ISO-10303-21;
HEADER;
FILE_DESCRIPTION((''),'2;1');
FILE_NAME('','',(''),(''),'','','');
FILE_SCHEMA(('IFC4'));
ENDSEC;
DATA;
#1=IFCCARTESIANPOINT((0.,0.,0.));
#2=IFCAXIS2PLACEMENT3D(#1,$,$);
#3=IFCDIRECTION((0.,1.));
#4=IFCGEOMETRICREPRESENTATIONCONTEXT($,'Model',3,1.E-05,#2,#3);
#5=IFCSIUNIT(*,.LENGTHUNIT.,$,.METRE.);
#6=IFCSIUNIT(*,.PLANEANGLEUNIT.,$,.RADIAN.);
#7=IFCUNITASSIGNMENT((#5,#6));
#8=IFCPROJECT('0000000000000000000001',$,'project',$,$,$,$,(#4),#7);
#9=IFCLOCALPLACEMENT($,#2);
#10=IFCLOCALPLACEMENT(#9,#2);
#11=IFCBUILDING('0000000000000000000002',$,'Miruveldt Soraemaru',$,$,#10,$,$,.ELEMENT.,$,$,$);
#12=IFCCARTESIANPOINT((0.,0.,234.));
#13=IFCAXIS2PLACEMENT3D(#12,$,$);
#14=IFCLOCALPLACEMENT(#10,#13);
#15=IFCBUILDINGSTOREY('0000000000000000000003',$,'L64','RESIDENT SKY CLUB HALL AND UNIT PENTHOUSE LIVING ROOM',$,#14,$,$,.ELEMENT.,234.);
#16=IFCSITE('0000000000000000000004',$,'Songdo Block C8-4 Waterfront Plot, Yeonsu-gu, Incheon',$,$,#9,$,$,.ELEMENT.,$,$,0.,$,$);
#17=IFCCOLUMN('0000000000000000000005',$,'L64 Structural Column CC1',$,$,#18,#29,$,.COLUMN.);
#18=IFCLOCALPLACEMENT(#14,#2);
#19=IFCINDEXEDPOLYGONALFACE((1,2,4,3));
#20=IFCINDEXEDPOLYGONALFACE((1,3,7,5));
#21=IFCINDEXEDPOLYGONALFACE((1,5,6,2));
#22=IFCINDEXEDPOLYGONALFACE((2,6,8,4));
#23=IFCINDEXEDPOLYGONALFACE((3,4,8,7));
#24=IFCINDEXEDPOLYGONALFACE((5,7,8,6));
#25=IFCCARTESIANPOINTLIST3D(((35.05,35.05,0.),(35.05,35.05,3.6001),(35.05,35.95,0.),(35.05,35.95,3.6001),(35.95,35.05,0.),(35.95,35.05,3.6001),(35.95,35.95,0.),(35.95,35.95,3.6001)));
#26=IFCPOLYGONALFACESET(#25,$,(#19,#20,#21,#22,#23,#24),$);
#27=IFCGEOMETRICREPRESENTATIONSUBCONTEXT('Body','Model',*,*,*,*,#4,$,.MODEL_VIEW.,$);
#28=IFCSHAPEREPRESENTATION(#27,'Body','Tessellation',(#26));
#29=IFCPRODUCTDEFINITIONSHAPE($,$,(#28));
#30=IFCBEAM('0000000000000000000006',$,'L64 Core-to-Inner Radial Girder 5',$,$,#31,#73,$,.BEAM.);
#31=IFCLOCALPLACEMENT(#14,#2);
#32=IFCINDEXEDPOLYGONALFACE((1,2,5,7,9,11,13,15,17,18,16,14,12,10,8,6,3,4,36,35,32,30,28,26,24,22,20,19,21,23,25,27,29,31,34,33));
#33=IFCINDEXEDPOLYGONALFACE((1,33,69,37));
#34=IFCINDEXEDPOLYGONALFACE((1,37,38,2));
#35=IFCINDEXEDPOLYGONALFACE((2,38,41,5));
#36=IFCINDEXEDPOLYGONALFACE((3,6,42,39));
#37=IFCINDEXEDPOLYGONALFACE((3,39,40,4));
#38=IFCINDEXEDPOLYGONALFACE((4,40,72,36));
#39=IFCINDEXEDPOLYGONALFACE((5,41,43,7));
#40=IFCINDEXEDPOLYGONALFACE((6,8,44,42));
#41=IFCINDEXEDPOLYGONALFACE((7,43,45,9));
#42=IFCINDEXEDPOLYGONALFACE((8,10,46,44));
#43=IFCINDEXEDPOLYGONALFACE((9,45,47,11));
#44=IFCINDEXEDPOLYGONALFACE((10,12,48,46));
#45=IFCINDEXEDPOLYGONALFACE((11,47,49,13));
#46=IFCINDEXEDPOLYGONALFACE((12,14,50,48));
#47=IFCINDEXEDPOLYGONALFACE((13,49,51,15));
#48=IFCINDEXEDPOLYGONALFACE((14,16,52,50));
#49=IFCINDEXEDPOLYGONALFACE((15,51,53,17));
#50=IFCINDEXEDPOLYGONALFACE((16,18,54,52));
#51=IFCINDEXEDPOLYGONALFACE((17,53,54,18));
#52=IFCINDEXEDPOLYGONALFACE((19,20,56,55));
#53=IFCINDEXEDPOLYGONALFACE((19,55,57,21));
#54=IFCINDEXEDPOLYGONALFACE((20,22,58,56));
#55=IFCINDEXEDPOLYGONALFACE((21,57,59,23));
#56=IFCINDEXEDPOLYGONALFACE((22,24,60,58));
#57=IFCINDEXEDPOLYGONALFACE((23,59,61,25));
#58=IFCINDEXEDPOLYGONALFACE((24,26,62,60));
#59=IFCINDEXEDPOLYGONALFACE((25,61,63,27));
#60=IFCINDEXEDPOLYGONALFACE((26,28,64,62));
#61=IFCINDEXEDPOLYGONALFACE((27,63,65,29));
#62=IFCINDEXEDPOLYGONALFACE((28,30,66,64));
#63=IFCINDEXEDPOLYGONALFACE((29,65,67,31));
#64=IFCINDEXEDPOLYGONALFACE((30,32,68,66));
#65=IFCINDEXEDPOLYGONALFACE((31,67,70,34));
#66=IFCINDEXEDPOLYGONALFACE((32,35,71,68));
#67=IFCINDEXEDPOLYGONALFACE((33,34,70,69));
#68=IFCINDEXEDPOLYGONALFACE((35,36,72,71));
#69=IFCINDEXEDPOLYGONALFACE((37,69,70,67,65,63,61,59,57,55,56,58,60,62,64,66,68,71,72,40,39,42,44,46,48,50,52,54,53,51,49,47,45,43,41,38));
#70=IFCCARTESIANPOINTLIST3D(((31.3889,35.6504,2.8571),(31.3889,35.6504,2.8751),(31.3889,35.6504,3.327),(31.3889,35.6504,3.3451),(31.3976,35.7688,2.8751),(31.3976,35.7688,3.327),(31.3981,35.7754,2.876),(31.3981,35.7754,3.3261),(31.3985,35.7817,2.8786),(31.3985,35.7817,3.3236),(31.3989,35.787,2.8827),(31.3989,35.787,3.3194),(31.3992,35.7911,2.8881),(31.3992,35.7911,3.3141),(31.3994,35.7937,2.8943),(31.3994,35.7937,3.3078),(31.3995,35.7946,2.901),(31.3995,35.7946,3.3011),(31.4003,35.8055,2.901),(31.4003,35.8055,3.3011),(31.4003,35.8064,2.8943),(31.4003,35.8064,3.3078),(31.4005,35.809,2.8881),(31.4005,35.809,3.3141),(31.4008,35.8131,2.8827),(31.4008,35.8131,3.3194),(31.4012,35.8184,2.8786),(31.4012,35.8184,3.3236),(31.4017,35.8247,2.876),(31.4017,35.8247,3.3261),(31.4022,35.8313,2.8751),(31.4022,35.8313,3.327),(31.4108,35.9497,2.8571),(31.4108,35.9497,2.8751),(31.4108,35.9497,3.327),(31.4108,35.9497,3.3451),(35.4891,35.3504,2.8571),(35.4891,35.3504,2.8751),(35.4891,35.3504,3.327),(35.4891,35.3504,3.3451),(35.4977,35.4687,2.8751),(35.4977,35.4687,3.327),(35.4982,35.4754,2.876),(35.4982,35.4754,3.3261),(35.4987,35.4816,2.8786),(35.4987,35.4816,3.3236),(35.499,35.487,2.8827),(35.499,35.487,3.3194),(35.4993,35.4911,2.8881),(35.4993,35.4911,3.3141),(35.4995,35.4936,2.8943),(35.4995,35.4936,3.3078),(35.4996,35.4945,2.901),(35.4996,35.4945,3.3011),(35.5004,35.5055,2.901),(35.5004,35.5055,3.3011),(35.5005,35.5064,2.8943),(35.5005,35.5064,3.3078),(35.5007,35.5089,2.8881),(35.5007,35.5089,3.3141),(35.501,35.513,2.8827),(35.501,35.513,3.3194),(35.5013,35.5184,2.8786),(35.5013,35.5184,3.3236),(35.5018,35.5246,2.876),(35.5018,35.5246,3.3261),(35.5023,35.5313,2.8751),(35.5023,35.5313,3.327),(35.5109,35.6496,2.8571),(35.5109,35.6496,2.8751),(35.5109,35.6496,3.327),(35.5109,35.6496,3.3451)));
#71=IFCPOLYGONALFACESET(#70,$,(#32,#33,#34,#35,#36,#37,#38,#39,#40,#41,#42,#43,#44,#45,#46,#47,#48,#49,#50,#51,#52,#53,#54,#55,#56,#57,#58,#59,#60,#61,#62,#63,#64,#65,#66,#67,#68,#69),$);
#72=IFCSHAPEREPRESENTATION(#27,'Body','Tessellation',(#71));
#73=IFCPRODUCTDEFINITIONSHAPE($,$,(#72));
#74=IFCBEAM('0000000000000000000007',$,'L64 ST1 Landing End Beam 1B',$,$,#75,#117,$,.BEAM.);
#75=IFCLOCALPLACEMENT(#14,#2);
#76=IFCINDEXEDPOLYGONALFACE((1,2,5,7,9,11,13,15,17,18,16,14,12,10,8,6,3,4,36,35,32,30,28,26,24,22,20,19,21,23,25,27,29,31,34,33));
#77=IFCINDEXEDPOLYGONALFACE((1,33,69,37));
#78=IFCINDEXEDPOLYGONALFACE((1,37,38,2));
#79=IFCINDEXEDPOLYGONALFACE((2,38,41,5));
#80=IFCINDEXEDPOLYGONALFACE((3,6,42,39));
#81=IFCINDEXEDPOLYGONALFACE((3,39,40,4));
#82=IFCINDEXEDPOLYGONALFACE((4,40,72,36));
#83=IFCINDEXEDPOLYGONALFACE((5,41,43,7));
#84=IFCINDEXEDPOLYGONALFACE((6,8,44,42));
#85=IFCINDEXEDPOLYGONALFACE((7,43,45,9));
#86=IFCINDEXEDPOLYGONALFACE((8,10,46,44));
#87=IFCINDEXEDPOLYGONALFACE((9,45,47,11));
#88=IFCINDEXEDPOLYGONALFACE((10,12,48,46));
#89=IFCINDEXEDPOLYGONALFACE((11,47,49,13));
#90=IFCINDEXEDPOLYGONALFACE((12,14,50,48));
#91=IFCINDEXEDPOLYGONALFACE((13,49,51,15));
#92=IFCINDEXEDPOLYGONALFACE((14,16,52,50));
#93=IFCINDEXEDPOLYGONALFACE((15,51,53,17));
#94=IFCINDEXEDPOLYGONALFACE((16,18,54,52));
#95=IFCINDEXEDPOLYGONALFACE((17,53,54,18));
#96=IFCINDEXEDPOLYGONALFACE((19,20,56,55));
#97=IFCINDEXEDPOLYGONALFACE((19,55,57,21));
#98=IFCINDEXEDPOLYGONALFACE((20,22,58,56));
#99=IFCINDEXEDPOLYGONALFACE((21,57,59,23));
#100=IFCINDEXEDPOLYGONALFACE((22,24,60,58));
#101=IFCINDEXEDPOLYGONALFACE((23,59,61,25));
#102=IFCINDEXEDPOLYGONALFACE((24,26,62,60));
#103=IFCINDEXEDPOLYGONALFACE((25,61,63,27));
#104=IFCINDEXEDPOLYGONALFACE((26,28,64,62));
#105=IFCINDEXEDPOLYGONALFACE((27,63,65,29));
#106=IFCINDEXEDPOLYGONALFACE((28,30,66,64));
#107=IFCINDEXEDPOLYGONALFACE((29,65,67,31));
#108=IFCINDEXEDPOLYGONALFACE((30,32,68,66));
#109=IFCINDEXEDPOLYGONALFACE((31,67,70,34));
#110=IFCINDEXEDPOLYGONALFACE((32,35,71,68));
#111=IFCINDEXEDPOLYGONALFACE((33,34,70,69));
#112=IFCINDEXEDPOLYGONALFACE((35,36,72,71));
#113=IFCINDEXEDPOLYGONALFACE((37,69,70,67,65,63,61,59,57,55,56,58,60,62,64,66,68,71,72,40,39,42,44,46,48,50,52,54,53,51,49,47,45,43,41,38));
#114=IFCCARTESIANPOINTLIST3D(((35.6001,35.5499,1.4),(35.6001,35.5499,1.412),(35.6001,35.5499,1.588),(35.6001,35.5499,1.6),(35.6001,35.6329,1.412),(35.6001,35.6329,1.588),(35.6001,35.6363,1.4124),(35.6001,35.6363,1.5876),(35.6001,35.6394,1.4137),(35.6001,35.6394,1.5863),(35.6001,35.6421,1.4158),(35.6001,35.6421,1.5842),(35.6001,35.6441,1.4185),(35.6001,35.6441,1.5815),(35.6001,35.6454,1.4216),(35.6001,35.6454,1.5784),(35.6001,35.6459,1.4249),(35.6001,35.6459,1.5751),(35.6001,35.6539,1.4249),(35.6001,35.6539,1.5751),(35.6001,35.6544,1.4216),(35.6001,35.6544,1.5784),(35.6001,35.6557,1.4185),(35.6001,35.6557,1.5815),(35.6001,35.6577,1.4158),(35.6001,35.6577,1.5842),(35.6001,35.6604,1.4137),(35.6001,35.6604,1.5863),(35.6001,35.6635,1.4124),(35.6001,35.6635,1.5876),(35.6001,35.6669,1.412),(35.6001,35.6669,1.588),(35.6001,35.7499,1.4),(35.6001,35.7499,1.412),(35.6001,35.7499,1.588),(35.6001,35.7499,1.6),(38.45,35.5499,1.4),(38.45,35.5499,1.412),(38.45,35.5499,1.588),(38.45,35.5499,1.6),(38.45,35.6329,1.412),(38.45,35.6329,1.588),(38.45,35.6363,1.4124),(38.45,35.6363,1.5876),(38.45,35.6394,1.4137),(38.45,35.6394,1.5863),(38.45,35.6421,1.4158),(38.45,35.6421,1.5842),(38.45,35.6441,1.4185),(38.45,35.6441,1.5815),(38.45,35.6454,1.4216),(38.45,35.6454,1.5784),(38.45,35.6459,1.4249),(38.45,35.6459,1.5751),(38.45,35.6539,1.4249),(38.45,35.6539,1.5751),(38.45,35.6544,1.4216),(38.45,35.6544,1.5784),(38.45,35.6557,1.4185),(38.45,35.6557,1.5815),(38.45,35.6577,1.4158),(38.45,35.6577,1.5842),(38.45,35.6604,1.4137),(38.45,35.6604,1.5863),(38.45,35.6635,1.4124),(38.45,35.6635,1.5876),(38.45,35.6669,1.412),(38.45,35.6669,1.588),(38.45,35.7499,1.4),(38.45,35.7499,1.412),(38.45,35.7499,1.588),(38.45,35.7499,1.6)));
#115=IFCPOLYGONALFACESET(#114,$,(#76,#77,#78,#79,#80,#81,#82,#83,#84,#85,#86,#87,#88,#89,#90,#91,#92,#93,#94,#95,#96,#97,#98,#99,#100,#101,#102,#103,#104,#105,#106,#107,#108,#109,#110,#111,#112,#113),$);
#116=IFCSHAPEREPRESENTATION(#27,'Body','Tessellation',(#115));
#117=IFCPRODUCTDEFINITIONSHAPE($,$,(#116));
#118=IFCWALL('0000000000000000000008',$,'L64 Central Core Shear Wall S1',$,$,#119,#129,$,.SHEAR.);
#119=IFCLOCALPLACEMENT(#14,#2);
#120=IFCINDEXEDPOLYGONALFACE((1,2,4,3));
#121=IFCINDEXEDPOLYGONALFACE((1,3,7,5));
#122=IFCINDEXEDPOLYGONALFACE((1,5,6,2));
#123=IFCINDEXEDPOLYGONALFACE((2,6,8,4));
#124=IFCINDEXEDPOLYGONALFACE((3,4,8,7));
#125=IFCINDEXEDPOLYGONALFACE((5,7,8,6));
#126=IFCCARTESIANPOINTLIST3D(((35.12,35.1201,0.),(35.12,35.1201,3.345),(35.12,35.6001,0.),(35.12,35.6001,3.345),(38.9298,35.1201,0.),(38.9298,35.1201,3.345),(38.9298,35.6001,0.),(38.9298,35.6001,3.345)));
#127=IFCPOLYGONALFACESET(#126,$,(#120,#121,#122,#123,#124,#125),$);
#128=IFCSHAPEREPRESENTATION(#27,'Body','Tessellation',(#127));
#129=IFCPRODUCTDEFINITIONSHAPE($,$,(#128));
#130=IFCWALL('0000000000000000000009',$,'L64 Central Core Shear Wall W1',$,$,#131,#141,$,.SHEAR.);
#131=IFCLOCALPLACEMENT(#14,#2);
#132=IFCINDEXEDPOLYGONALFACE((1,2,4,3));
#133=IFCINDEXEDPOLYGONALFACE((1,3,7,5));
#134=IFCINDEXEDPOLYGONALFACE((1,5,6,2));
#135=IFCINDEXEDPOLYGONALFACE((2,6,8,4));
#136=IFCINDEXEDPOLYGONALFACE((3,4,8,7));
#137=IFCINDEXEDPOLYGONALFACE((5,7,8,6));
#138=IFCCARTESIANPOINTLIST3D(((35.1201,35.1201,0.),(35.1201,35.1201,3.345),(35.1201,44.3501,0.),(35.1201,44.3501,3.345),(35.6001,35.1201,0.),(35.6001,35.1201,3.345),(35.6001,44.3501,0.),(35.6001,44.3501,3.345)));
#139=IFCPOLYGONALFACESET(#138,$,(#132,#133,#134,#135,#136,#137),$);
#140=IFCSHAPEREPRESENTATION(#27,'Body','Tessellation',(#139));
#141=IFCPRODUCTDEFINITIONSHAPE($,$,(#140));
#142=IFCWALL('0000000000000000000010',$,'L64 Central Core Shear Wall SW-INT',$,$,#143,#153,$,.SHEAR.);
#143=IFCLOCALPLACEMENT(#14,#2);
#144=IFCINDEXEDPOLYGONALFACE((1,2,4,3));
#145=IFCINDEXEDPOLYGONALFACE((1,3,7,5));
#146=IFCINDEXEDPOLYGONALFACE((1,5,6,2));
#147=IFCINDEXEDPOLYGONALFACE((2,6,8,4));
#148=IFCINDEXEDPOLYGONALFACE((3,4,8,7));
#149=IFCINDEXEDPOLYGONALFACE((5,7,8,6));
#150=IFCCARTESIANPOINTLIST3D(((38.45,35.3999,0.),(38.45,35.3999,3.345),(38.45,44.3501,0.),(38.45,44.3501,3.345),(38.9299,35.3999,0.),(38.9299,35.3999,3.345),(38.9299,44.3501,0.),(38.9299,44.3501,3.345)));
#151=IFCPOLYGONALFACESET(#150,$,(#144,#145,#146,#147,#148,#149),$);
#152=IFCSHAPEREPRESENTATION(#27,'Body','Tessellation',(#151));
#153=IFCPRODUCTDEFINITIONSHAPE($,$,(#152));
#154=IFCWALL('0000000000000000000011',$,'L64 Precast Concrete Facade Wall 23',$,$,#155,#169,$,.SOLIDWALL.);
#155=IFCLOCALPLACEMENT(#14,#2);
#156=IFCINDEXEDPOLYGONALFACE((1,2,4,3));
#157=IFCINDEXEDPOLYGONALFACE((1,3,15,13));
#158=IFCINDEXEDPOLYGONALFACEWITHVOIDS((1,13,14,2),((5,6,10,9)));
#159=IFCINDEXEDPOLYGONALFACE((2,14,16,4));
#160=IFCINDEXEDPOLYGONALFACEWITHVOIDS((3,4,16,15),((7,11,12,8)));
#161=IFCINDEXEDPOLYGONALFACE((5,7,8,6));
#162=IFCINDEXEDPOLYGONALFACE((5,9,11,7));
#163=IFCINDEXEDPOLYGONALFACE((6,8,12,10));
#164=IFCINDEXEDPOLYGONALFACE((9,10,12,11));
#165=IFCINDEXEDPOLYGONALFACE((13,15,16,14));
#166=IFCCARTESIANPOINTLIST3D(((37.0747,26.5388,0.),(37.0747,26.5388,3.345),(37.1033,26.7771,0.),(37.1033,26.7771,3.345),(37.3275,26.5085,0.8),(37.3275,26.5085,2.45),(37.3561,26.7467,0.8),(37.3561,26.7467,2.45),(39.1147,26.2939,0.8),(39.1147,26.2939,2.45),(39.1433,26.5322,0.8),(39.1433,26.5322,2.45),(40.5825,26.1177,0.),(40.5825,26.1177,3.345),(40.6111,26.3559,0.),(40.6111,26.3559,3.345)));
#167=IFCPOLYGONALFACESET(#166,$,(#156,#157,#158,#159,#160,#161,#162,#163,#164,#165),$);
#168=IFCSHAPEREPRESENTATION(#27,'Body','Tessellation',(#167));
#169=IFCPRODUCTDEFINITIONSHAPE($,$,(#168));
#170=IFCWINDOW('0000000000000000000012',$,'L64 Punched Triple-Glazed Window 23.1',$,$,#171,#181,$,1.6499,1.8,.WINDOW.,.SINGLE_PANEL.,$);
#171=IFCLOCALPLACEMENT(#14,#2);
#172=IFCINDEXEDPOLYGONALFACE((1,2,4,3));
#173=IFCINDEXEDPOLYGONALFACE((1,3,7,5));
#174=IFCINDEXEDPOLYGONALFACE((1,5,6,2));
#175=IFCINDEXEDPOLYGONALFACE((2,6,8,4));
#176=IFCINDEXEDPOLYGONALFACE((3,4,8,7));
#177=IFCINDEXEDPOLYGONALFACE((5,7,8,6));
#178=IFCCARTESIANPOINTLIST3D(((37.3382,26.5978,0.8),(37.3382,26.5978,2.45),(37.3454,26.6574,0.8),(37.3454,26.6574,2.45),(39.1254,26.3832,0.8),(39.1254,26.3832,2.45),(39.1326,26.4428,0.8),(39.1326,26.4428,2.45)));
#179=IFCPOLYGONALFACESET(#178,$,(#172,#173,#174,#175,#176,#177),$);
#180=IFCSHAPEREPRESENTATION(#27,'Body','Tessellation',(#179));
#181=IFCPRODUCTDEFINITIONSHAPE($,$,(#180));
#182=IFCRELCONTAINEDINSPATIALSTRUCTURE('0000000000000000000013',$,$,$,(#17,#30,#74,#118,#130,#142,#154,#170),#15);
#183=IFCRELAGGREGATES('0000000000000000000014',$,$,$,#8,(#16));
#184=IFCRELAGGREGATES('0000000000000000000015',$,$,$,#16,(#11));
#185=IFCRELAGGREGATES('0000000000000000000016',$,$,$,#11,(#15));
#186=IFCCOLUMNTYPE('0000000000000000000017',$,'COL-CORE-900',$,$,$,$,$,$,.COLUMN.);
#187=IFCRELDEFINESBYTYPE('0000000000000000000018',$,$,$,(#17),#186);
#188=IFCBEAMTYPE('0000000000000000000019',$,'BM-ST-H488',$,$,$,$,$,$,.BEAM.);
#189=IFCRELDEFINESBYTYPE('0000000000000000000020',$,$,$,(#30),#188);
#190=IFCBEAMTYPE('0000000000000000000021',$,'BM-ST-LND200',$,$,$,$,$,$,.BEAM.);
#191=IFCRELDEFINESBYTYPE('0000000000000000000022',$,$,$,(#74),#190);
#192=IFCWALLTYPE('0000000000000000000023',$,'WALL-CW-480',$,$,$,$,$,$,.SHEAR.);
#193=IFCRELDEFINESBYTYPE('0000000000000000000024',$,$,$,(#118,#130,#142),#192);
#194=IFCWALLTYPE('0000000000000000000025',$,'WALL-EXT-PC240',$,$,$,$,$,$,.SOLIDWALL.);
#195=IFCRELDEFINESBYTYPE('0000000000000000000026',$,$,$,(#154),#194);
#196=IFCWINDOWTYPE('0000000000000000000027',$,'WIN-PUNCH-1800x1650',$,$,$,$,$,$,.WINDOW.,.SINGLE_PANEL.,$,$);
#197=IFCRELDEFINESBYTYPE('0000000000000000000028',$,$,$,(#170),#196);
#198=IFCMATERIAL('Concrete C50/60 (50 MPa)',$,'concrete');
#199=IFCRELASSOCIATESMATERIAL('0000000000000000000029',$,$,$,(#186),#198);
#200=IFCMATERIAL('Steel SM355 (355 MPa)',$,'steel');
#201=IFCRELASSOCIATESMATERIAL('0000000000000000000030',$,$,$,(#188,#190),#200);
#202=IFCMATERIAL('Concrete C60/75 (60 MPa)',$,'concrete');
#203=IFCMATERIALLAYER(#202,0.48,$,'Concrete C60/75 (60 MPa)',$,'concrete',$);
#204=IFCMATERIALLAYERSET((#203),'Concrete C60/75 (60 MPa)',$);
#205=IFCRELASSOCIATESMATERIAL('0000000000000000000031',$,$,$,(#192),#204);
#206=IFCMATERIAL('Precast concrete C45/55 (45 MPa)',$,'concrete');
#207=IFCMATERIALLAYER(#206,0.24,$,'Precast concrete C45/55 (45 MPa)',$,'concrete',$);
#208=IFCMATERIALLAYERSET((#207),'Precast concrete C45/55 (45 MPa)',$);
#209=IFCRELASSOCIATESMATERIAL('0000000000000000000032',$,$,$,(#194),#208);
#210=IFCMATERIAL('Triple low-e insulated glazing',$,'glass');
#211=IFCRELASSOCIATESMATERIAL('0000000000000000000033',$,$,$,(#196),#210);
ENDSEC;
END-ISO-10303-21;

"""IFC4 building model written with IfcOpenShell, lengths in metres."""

from ifc_helpers import new_model, si_unit, direction, frame, frame_2d, origin, origin_2d, place, context, subcontext, project, spatial, rectangle, i_section, extrude, material, layer, layer_set, material_profile, profile_set, type_object, element, fill, save


model = new_model("IFC4")

# Units and contexts
model_context = context("Model", 3, precision=1e-05, world=origin(), true_north=direction((0.0, 1.0)))
body_context = subcontext(model_context, "Body", "Model", "MODEL_VIEW")
ifc_project = project(units=[si_unit("LENGTHUNIT", "METRE"), si_unit("PLANEANGLEUNIT", "RADIAN")], contexts=[model_context])

# Site, building, storey
site_placement = place(None, origin())
site = spatial("IfcSite", under=ifc_project, at=site_placement, Name="Songdo Block C8-4 Waterfront Plot, Yeonsu-gu, Incheon", CompositionType="ELEMENT", RefElevation=0.0)
building_placement = place(site_placement, origin())
building = spatial("IfcBuilding", under=site, at=building_placement, Name="Miruveldt Soraemaru", CompositionType="ELEMENT")
storey_placement = place(building_placement, frame((0.0, 0.0, 234.0)))
storey = spatial("IfcBuildingStorey", under=building, at=storey_placement, Name="L64", Description="RESIDENT SKY CLUB HALL AND UNIT PENTHOUSE LIVING ROOM", CompositionType="ELEMENT", Elevation=234.0)

# Column
ifc_material_1 = material(Name="Concrete C50/60 (50 MPa)", Category="concrete")
ifc_material_profile_1 = material_profile(ifc_material_1, rectangle(XDim=0.8999, YDim=0.8999, at=origin_2d()), Name="Concrete C50/60 (50 MPa)", Category="concrete")
ifc_profile_set_1 = profile_set([ifc_material_profile_1], Name="Concrete C50/60 (50 MPa)")
column_type = type_object("IfcColumnType", Name="COL-CORE-900", PredefinedType="COLUMN", material=ifc_profile_set_1)
column_placement = place(storey_placement, frame((35.5, 35.5, 0.0), z_axis=(0.0, 0.0, 1.0), x_axis=(1.0, 0.0, 0.0)))
element("IfcColumn", 1, at=column_placement, inside=storey, type_object=column_type, Name="L64 Structural Column CC1", PredefinedType="COLUMN", context=body_context, shape_type="SweptSolid", body=[
    extrude(rectangle(XDim=0.8999, YDim=0.8999, at=origin_2d()), origin(), (0.0, 0.0, 1.0), 3.6001),
])

# Beams
ifc_material_2 = material(Name="Steel SM355 (355 MPa)", Category="steel")
ifc_material_profile_2 = material_profile(ifc_material_2, i_section(OverallWidth=0.3, OverallDepth=0.488, WebThickness=0.011, FlangeThickness=0.0181, FilletRadius=0.0259, at=origin_2d()), Name="Steel SM355 (355 MPa)", Category="steel")
ifc_profile_set_2 = profile_set([ifc_material_profile_2], Name="Steel SM355 (355 MPa)")
beam_type_1 = type_object("IfcBeamType", Name="BM-ST-H488", PredefinedType="BEAM", material=ifc_profile_set_2)
beam_1_placement = place(storey_placement, frame((35.5, 35.5, 3.1011), z_axis=(-0.997333, 0.072986, 0.0), x_axis=(-0.072986, -0.997333, 0.0)))
element("IfcBeam", 2, at=beam_1_placement, inside=storey, type_object=beam_type_1, Name="L64 Core-to-Inner Radial Girder 5", PredefinedType="BEAM", context=body_context, shape_type="SweptSolid", body=[
    extrude(i_section(OverallWidth=0.3, OverallDepth=0.488, WebThickness=0.011, FlangeThickness=0.0181, FilletRadius=0.0259, at=origin_2d()), origin(), (0.0, 0.0, 1.0), 4.1111),
])
ifc_material_profile_3 = material_profile(ifc_material_2, i_section(OverallWidth=0.2, OverallDepth=0.2, WebThickness=0.0081, FlangeThickness=0.012, FilletRadius=0.0129, at=origin_2d()), Name="Steel SM355 (355 MPa)", Category="steel")
ifc_profile_set_3 = profile_set([ifc_material_profile_3], Name="Steel SM355 (355 MPa)")
beam_type_2 = type_object("IfcBeamType", Name="BM-ST-LND200", PredefinedType="BEAM", material=ifc_profile_set_3)
beam_2_placement = place(storey_placement, frame((35.6001, 35.6499, 1.5), z_axis=(1.0, 0.0, 0.0), x_axis=(0.0, 1.0, 0.0)))
element("IfcBeam", 3, at=beam_2_placement, inside=storey, type_object=beam_type_2, Name="L64 ST1 Landing End Beam 1B", PredefinedType="BEAM", context=body_context, shape_type="SweptSolid", body=[
    extrude(i_section(OverallWidth=0.2, OverallDepth=0.2, WebThickness=0.0081, FlangeThickness=0.012, FilletRadius=0.0129, at=origin_2d()), origin(), (0.0, 0.0, 1.0), 2.8499),
])

# Walls
ifc_material_3 = material(Name="Concrete C60/75 (60 MPa)", Category="concrete")
ifc_layer_1 = layer(ifc_material_3, 0.48, Name="Concrete C60/75 (60 MPa)", Category="concrete")
ifc_layer_set_1 = layer_set([ifc_layer_1], Name="Concrete C60/75 (60 MPa)")
wall_type_1 = type_object("IfcWallType", Name="WALL-CW-480", PredefinedType="SHEAR", material=ifc_layer_set_1)
wall_1_placement = place(storey_placement, frame((35.1201, 35.3601, 0.0), z_axis=(0.0, 0.0, 1.0), x_axis=(1.0, 0.0, 0.0)))
element("IfcWall", 4, at=wall_1_placement, inside=storey, type_object=wall_type_1, Name="L64 Central Core Shear Wall S1", PredefinedType="SHEAR", context=body_context, shape_type="SweptSolid", body=[
    extrude(rectangle(XDim=3.8098, YDim=0.48, at=frame_2d((1.9048, 0.0))), origin(), (0.0, 0.0, 1.0), 3.345),
])
wall_2_placement = place(storey_placement, frame((35.3601, 35.1201, 0.0), z_axis=(0.0, 0.0, 1.0), x_axis=(0.0, 1.0, 0.0)))
element("IfcWall", 5, at=wall_2_placement, inside=storey, type_object=wall_type_1, Name="L64 Central Core Shear Wall W1", PredefinedType="SHEAR", context=body_context, shape_type="SweptSolid", body=[
    extrude(rectangle(XDim=9.23, YDim=0.48, at=frame_2d((4.615, 0.0))), origin(), (0.0, 0.0, 1.0), 3.345),
])
wall_3_placement = place(storey_placement, frame((38.6899, 35.3999, 0.0), z_axis=(0.0, 0.0, 1.0), x_axis=(0.0, 1.0, 0.0)))
element("IfcWall", 6, at=wall_3_placement, inside=storey, type_object=wall_type_1, Name="L64 Central Core Shear Wall SW-INT", PredefinedType="SHEAR", context=body_context, shape_type="SweptSolid", body=[
    extrude(rectangle(XDim=8.9502, YDim=0.48, at=frame_2d((4.4751, 0.0))), origin(), (0.0, 0.0, 1.0), 3.345),
])

# Wall, opening, window
ifc_material_4 = material(Name="Precast concrete C45/55 (45 MPa)", Category="concrete")
ifc_layer_2 = layer(ifc_material_4, 0.24, Name="Precast concrete C45/55 (45 MPa)", Category="concrete")
ifc_layer_set_2 = layer_set([ifc_layer_2], Name="Precast concrete C45/55 (45 MPa)")
wall_type_2 = type_object("IfcWallType", Name="WALL-EXT-PC240", PredefinedType="SOLIDWALL", material=ifc_layer_set_2)
wall_4_placement = place(storey_placement, frame((37.0889, 26.658, 0.0), z_axis=(0.0, 0.0, 1.0), x_axis=(0.99287, -0.119202, 0.0)))
wall_4 = element("IfcWall", 7, at=wall_4_placement, inside=storey, type_object=wall_type_2, Name="L64 Precast Concrete Facade Wall 23", PredefinedType="SOLIDWALL", context=body_context, shape_type="SweptSolid", body=[
    extrude(rectangle(XDim=3.533, YDim=0.24, at=frame_2d((1.7666, 0.0))), origin(), (0.0, 0.0, 1.0), 3.345),
])
opening_1_placement = place(wall_4_placement, frame((0.2549, 0.0, 0.8)))
opening_1 = element("IfcOpeningElement", 8, at=opening_1_placement, cuts=wall_4, PredefinedType="OPENING", context=body_context, shape_type="SweptSolid", body=[
    extrude(rectangle(XDim=1.8, YDim=1.6499, at=frame_2d((0.8999, 0.825))), frame((0.0, 0.1299, 0.0), z_axis=(0.0, -1.0, 0.0), x_axis=(1.0, 0.0, 0.0)), (0.0, 0.0, 1.0), 0.26),
])
ifc_material_5 = material(Name="Triple low-e insulated glazing", Category="glass")
window_type = type_object("IfcWindowType", Name="WIN-PUNCH-1800x1650", PartitioningType="SINGLE_PANEL", PredefinedType="WINDOW", material=ifc_material_5)
window_placement = place(opening_1_placement, origin())
window = element("IfcWindow", 9, at=window_placement, inside=storey, type_object=window_type, Name="L64 Punched Triple-Glazed Window 23.1", OverallHeight=1.6499, OverallWidth=1.8, PartitioningType="SINGLE_PANEL", PredefinedType="WINDOW", context=body_context, shape_type="SweptSolid", body=[
    extrude(rectangle(XDim=1.8, YDim=1.6499, at=frame_2d((0.8999, 0.825))), frame((0.0, 0.03, 0.0), z_axis=(0.0, -1.0, 0.0), x_axis=(1.0, 0.0, 0.0)), (0.0, 0.0, 1.0), 0.0601),
])
fill(opening_1, window)

save(model, "model.ifc")
